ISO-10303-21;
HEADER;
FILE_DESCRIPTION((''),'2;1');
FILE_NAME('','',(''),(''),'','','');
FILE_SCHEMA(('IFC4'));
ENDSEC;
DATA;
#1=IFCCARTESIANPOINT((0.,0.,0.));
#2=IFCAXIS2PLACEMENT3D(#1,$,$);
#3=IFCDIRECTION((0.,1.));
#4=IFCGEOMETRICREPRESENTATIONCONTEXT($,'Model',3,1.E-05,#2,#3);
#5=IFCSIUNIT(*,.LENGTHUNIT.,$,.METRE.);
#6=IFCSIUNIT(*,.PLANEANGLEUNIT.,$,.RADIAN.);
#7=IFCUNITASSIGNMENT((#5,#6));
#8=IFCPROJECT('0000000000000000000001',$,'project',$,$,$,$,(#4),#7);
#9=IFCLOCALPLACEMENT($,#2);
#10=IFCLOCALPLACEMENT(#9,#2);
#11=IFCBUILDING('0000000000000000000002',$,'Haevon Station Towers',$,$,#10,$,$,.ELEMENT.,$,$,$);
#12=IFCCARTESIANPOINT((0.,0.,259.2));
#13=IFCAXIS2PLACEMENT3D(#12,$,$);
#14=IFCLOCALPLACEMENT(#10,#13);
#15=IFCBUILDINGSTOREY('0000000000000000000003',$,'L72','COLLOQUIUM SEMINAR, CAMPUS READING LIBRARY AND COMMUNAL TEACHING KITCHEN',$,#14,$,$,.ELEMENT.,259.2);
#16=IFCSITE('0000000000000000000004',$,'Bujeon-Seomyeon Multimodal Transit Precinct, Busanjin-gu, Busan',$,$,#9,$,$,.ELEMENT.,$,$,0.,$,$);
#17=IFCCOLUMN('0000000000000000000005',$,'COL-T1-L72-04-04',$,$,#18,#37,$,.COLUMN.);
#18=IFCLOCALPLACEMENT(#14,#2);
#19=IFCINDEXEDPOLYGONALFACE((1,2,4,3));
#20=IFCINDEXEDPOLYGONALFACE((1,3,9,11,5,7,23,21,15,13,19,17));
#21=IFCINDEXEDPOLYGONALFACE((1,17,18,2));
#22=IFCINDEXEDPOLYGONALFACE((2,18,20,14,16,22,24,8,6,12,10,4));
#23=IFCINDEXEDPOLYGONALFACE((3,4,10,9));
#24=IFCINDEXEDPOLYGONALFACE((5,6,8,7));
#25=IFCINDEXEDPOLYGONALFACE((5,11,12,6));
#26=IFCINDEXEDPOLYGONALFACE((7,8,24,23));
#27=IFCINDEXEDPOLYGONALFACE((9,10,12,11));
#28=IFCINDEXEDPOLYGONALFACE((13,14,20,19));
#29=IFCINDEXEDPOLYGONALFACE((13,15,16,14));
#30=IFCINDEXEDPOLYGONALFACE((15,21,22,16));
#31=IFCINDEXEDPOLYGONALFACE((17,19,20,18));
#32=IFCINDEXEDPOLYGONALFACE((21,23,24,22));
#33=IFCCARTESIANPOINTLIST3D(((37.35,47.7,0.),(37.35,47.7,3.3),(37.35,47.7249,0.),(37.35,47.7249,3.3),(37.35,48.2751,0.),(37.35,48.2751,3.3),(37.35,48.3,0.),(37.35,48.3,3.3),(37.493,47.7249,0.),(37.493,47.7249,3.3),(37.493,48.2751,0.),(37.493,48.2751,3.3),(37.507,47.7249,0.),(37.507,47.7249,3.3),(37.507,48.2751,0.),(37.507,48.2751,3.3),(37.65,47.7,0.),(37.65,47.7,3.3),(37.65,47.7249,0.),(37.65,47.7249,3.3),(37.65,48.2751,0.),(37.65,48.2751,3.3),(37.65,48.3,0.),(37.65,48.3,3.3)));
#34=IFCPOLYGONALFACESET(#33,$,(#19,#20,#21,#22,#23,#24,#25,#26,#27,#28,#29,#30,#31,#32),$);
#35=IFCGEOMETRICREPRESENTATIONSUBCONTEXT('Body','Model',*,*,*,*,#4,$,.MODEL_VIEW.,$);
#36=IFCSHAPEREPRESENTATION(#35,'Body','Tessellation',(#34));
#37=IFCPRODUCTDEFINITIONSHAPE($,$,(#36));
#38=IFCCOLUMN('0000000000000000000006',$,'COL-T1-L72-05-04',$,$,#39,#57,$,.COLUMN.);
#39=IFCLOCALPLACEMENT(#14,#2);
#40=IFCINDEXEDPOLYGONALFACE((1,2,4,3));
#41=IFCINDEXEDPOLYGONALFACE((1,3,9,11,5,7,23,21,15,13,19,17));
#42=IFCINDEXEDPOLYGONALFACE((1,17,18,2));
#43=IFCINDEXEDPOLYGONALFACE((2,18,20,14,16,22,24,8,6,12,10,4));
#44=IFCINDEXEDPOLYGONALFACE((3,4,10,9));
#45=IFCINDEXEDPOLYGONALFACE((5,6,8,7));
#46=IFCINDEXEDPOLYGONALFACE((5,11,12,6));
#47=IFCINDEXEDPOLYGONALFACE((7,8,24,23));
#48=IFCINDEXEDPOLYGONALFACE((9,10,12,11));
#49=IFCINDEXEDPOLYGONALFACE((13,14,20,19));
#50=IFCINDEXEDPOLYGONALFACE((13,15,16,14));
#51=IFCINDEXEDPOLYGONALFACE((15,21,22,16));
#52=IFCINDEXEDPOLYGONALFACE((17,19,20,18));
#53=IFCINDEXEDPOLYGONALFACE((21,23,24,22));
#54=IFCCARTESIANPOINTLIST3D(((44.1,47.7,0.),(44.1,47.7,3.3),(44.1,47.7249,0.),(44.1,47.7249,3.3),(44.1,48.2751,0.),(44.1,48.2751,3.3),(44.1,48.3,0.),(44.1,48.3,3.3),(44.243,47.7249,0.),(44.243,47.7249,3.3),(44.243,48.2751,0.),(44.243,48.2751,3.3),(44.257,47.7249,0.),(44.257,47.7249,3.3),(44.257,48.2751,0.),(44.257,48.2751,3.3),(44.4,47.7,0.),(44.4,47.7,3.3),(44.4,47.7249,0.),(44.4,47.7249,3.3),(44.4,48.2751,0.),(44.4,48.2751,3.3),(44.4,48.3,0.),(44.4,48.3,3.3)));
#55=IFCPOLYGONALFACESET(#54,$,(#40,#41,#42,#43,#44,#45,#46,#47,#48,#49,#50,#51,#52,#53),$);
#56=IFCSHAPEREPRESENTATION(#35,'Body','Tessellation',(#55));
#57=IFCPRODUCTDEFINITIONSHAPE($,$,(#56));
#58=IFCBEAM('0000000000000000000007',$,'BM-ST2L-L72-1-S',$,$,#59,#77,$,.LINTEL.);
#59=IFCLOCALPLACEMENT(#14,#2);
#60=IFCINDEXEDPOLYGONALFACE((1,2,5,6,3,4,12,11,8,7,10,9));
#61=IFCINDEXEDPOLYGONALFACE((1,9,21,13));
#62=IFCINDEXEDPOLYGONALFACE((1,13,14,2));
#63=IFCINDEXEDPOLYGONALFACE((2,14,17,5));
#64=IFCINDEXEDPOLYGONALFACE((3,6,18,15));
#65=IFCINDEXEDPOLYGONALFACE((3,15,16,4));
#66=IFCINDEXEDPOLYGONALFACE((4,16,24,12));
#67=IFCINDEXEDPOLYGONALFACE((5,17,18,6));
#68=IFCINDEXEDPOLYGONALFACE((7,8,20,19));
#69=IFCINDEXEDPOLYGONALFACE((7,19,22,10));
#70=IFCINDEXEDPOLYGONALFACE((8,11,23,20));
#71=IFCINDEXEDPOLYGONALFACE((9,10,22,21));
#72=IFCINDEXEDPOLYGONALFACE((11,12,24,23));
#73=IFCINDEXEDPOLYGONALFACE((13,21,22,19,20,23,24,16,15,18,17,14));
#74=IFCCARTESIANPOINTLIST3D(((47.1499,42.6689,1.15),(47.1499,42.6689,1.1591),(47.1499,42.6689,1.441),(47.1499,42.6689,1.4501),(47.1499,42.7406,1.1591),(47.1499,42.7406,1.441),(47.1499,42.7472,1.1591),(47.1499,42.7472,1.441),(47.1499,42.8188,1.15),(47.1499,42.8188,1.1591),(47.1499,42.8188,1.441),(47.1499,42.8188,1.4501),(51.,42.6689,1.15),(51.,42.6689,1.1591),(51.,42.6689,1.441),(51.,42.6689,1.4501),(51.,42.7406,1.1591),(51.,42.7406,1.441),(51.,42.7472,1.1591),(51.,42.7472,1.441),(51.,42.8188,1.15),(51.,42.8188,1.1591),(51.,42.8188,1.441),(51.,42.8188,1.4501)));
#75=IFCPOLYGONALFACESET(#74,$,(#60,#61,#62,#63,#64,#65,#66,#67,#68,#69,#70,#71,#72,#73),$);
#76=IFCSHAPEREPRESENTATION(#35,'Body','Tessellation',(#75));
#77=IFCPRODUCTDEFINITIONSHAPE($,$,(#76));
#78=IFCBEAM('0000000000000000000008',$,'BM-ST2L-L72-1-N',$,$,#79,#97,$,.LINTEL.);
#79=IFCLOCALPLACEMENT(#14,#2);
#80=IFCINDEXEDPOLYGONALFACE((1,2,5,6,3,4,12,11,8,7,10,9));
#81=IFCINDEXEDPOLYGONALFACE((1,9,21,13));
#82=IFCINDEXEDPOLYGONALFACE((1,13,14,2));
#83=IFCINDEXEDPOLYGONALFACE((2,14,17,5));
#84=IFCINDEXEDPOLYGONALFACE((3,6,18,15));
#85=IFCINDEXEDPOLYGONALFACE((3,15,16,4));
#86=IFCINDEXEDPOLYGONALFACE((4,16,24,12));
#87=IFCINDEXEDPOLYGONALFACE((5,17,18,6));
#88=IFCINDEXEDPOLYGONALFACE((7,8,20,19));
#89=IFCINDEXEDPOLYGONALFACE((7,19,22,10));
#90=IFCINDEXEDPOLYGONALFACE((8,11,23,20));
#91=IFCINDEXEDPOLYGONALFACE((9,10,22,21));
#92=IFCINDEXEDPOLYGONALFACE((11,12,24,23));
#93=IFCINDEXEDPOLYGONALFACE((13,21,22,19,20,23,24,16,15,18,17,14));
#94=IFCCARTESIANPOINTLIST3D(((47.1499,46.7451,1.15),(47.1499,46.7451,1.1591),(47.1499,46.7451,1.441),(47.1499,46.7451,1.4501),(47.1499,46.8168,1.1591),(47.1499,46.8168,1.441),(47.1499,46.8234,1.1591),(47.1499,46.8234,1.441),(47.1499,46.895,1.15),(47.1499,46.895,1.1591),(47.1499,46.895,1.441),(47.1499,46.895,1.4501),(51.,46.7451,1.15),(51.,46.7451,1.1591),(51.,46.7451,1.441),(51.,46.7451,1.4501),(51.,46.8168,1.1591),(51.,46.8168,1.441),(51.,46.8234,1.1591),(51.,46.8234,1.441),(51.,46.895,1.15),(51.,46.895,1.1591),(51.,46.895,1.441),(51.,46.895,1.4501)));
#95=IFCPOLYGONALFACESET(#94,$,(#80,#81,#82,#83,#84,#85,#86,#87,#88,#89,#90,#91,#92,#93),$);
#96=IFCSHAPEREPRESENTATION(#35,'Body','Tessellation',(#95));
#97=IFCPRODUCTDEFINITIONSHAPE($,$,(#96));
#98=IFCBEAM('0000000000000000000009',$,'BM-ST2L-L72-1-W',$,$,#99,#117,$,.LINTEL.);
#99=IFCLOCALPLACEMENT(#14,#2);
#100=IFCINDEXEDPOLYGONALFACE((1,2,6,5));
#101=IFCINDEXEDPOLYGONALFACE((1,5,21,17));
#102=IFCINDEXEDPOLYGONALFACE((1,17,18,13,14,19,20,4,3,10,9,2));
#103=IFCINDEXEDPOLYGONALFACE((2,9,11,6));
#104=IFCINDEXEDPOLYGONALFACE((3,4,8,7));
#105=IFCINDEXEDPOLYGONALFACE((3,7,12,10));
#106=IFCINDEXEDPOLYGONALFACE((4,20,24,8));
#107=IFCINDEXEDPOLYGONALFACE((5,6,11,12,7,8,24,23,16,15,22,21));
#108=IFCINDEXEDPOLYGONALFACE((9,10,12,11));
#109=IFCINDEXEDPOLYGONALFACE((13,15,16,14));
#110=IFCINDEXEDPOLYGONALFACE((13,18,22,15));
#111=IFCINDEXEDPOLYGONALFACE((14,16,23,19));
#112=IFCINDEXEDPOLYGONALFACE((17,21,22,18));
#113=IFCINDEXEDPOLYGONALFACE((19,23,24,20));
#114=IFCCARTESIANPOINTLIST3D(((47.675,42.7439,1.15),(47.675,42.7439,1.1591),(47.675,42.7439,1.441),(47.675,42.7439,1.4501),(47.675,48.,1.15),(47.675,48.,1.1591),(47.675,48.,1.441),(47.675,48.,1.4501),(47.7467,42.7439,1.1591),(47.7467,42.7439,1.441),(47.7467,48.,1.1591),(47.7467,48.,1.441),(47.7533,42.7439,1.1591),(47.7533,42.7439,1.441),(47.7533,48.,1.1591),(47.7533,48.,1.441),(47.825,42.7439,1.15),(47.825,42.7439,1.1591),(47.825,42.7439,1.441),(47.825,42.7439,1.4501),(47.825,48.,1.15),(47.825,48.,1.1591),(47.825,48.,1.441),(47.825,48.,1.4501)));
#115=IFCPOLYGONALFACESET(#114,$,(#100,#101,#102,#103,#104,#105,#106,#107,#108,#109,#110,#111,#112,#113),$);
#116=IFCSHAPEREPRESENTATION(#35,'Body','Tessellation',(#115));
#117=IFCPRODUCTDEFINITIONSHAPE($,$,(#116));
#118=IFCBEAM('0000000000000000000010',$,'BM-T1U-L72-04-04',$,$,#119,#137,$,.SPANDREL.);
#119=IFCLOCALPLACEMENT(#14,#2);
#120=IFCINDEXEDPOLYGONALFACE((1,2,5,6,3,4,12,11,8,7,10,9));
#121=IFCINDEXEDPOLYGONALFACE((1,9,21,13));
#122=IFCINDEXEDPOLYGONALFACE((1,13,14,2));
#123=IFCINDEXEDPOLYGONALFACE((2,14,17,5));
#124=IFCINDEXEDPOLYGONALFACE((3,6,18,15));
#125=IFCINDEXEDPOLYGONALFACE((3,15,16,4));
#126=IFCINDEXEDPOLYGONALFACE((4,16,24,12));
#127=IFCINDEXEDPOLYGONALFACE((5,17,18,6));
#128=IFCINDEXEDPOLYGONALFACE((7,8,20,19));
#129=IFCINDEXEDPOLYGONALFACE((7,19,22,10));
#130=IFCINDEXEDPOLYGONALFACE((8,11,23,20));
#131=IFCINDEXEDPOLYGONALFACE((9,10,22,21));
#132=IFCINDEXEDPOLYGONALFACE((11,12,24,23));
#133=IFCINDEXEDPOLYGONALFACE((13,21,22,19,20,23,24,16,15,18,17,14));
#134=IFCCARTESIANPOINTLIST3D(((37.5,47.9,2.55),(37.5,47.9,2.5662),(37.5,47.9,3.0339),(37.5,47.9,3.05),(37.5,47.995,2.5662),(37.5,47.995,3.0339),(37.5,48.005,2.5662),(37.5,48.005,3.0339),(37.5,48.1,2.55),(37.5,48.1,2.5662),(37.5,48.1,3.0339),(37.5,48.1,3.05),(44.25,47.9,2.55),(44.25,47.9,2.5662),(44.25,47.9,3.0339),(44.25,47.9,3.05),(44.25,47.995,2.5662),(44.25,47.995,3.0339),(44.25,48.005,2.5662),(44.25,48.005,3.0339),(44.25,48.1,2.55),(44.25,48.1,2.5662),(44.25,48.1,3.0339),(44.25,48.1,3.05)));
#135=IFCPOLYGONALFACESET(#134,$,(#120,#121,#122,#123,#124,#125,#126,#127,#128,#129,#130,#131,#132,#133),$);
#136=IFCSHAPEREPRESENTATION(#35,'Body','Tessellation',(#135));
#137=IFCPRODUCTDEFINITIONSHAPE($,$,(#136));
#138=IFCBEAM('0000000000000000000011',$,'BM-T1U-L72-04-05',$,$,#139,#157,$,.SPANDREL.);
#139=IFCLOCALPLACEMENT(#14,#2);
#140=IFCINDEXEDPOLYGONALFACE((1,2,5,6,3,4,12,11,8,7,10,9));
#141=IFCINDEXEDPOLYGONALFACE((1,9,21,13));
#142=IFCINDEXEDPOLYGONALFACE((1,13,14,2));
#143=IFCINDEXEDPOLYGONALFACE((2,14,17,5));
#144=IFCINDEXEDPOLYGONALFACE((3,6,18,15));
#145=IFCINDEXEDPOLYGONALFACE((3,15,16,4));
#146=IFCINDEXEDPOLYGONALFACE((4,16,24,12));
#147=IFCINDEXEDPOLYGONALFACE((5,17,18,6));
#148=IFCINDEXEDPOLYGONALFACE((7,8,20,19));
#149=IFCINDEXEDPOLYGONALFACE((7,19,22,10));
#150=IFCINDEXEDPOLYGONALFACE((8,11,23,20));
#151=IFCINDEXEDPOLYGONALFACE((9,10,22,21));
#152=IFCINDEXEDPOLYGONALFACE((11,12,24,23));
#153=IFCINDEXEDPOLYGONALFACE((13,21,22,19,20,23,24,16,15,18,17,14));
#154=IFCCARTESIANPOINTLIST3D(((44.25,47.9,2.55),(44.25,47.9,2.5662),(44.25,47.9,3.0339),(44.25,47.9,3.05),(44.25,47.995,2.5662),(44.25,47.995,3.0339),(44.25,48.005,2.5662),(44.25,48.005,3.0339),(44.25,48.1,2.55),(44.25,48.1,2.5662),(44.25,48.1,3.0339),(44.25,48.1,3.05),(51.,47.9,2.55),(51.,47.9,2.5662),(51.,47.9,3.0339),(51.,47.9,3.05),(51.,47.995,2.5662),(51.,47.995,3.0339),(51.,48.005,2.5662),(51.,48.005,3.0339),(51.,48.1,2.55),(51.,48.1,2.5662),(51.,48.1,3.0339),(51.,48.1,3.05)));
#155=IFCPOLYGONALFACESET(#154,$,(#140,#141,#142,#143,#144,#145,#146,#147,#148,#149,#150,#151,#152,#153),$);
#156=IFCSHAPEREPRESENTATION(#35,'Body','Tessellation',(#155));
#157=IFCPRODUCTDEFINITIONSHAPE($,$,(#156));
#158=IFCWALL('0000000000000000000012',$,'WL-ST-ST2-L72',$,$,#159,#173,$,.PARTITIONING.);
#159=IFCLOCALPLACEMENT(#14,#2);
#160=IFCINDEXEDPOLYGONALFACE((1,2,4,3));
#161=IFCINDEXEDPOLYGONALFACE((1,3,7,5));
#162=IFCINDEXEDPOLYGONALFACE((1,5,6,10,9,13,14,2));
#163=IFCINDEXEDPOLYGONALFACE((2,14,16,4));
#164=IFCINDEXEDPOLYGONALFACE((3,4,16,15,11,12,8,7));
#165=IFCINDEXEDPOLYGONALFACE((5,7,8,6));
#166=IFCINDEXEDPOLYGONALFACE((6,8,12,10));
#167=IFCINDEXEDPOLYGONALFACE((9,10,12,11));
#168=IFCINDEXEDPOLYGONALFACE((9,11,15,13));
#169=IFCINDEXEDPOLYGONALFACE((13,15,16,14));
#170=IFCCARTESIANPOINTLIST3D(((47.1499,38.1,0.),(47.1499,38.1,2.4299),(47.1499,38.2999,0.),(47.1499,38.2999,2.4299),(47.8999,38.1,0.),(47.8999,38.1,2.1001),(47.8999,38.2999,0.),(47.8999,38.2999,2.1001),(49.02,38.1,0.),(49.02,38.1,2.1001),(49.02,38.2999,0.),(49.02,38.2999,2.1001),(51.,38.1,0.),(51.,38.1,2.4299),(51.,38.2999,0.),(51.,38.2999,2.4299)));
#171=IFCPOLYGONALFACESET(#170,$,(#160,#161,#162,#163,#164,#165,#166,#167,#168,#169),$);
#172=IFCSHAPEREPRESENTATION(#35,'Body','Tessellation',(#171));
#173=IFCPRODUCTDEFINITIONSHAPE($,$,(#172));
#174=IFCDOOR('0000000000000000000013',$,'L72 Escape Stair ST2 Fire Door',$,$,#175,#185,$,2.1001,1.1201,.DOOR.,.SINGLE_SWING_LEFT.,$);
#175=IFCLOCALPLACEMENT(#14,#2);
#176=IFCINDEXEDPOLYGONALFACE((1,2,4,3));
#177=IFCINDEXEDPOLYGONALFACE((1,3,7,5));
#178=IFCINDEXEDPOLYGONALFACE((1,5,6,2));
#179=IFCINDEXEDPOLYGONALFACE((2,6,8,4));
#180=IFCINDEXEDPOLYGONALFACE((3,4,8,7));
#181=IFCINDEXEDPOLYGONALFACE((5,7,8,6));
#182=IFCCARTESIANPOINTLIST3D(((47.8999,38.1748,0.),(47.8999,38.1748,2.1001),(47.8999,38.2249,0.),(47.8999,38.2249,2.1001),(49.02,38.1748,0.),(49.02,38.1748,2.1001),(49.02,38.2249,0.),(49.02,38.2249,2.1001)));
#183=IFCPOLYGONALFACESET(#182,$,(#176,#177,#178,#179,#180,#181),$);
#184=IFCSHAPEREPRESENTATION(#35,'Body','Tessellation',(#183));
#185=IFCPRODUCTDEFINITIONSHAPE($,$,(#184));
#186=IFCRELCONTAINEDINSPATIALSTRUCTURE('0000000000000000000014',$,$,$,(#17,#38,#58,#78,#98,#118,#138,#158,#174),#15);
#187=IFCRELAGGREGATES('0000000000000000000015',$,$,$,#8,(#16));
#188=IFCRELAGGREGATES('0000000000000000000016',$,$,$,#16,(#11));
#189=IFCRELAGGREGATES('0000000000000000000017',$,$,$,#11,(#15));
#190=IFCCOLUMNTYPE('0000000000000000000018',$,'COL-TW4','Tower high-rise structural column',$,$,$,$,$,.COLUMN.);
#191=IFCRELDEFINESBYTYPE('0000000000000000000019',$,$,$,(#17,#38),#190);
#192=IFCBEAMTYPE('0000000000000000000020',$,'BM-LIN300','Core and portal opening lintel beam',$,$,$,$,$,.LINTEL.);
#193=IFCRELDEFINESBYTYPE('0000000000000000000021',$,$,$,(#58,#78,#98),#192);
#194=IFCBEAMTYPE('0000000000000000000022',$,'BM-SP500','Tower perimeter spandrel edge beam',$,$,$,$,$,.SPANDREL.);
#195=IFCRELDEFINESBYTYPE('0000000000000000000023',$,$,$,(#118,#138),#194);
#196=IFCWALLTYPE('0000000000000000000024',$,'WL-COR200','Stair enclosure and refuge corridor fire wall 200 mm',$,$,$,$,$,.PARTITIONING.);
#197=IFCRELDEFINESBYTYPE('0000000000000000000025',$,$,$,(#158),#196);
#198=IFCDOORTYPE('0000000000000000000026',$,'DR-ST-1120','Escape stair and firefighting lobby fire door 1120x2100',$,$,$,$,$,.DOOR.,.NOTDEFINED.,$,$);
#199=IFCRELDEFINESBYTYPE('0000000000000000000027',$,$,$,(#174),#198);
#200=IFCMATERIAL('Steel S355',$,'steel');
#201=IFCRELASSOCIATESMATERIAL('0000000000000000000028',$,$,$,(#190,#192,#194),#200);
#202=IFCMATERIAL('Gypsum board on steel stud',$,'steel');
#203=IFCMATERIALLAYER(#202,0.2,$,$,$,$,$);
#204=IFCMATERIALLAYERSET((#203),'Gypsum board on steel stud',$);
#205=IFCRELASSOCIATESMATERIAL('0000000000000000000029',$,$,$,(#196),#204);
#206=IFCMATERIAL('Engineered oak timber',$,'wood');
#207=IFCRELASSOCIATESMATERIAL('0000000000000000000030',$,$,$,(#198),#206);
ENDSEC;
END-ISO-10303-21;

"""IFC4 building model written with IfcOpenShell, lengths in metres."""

from ifc_helpers import new_model, si_unit, direction, frame, frame_2d, origin, origin_2d, place, context, subcontext, project, spatial, rectangle, i_section, extrude, material, layer, layer_set, material_profile, profile_set, type_object, element, fill, save


model = new_model("IFC4")

# Units and contexts
model_context = context("Model", 3, precision=1e-05, world=origin(), true_north=direction((0.0, 1.0)))
body_context = subcontext(model_context, "Body", "Model", "MODEL_VIEW")
ifc_project = project(units=[si_unit("LENGTHUNIT", "METRE"), si_unit("PLANEANGLEUNIT", "RADIAN")], contexts=[model_context])

# Site, building, storey
site_placement = place(None, origin())
site = spatial("IfcSite", under=ifc_project, at=site_placement, Name="Bujeon-Seomyeon Multimodal Transit Precinct, Busanjin-gu, Busan", CompositionType="ELEMENT", RefElevation=0.0)
building_placement = place(site_placement, origin())
building = spatial("IfcBuilding", under=site, at=building_placement, Name="Haevon Station Towers", CompositionType="ELEMENT")
storey_placement = place(building_placement, frame((0.0, 0.0, 259.2)))
storey = spatial("IfcBuildingStorey", under=building, at=storey_placement, Name="L72", Description="COLLOQUIUM SEMINAR, CAMPUS READING LIBRARY AND COMMUNAL TEACHING KITCHEN", CompositionType="ELEMENT", Elevation=259.2)

# Columns
ifc_material_1 = material(Name="Steel S355", Category="steel")
ifc_material_profile_1 = material_profile(ifc_material_1, i_section(OverallWidth=0.3, OverallDepth=0.6001, WebThickness=0.0139, FlangeThickness=0.0249, at=origin_2d()), Name="H-600x300x14x25")
ifc_profile_set_1 = profile_set([ifc_material_profile_1], Name="Steel S355")
column_type = type_object("IfcColumnType", Name="COL-TW4", Description="Tower high-rise structural column", PredefinedType="COLUMN", material=ifc_profile_set_1)
for number, where, z_axis, x_axis, name in (
    (1, (37.5, 48.0, 0.0), (0.0, 0.0, 1.0), (1.0, 0.0, 0.0), "COL-T1-L72-04-04"),
    (2, (44.25, 48.0, 0.0), (0.0, 0.0, 1.0), (1.0, 0.0, 0.0), "COL-T1-L72-05-04"),
):
    element("IfcColumn", number, at=place(storey_placement, frame(where, z_axis=z_axis, x_axis=x_axis)), inside=storey, type_object=column_type, Name=name, PredefinedType="COLUMN", context=body_context, shape_type="SweptSolid", body=[
        extrude(i_section(OverallWidth=0.3, OverallDepth=0.6001, WebThickness=0.0139, FlangeThickness=0.0249, at=origin_2d()), origin(), (0.0, 0.0, 1.0), 3.3),
    ])

# Beams
ifc_material_profile_2 = material_profile(ifc_material_1, i_section(OverallWidth=0.1499, OverallDepth=0.3, WebThickness=0.0066, FlangeThickness=0.009, at=origin_2d()), Name="H-300x150x6.5x9")
ifc_profile_set_2 = profile_set([ifc_material_profile_2], Name="Steel S355")
beam_type_1 = type_object("IfcBeamType", Name="BM-LIN300", Description="Core and portal opening lintel beam", PredefinedType="LINTEL", material=ifc_profile_set_2)
for number, where, z_axis, x_axis, name in (
    (3, (47.1499, 42.7439, 1.3), (1.0, 0.0, 0.0), (0.0, 1.0, 0.0), "BM-ST2L-L72-1-S"),
    (4, (47.1499, 46.8201, 1.3), (1.0, 0.0, 0.0), (0.0, 1.0, 0.0), "BM-ST2L-L72-1-N"),
):
    element("IfcBeam", number, at=place(storey_placement, frame(where, z_axis=z_axis, x_axis=x_axis)), inside=storey, type_object=beam_type_1, Name=name, PredefinedType="LINTEL", context=body_context, shape_type="SweptSolid", body=[
        extrude(i_section(OverallWidth=0.1499, OverallDepth=0.3, WebThickness=0.0066, FlangeThickness=0.009, at=origin_2d()), origin(), (0.0, 0.0, 1.0), 3.8501),
    ])
beam_placement = place(storey_placement, frame((47.75, 42.7439, 1.3), z_axis=(0.0, 1.0, 0.0), x_axis=(-1.0, 0.0, 0.0)))
element("IfcBeam", 5, at=beam_placement, inside=storey, type_object=beam_type_1, Name="BM-ST2L-L72-1-W", PredefinedType="LINTEL", context=body_context, shape_type="SweptSolid", body=[
    extrude(i_section(OverallWidth=0.1499, OverallDepth=0.3, WebThickness=0.0066, FlangeThickness=0.009, at=origin_2d()), origin(), (0.0, 0.0, 1.0), 5.2561),
])
ifc_material_profile_3 = material_profile(ifc_material_1, i_section(OverallWidth=0.2, OverallDepth=0.5, WebThickness=0.01, FlangeThickness=0.0161, at=origin_2d()), Name="H-500x200x10x16")
ifc_profile_set_3 = profile_set([ifc_material_profile_3], Name="Steel S355")
beam_type_2 = type_object("IfcBeamType", Name="BM-SP500", Description="Tower perimeter spandrel edge beam", PredefinedType="SPANDREL", material=ifc_profile_set_3)
for number, where, z_axis, x_axis, name in (
    (6, (37.5, 48.0, 2.8), (1.0, 0.0, 0.0), (0.0, 1.0, 0.0), "BM-T1U-L72-04-04"),
    (7, (44.25, 48.0, 2.8), (1.0, 0.0, 0.0), (0.0, 1.0, 0.0), "BM-T1U-L72-04-05"),
):
    element("IfcBeam", number, at=place(storey_placement, frame(where, z_axis=z_axis, x_axis=x_axis)), inside=storey, type_object=beam_type_2, Name=name, PredefinedType="SPANDREL", context=body_context, shape_type="SweptSolid", body=[
        extrude(i_section(OverallWidth=0.2, OverallDepth=0.5, WebThickness=0.01, FlangeThickness=0.0161, at=origin_2d()), origin(), (0.0, 0.0, 1.0), 6.75),
    ])

# Wall, opening, door
ifc_material_2 = material(Name="Gypsum board on steel stud", Category="steel")
ifc_layer_1 = layer(ifc_material_2, 0.2)
ifc_layer_set_1 = layer_set([ifc_layer_1], Name="Gypsum board on steel stud")
wall_type_1 = type_object("IfcWallType", Name="WL-COR200", Description="Stair enclosure and refuge corridor fire wall 200 mm", PredefinedType="PARTITIONING", material=ifc_layer_set_1)
wall_1_placement = place(storey_placement, frame((47.1499, 38.2, 0.0), z_axis=(0.0, 0.0, 1.0), x_axis=(1.0, 0.0, 0.0)))
wall_1 = element("IfcWall", 8, at=wall_1_placement, inside=storey, type_object=wall_type_1, Name="WL-ST-ST2-L72", PredefinedType="PARTITIONING", context=body_context, shape_type="SweptSolid", body=[
    extrude(rectangle(XDim=3.8501, YDim=0.2, at=frame_2d((1.925, 0.0))), origin(), (0.0, 0.0, 1.0), 2.4299),
])
opening_1_placement = place(wall_1_placement, frame((0.75, 0.0, 0.0)))
opening_1 = element("IfcOpeningElement", 9, at=opening_1_placement, cuts=wall_1, PredefinedType="OPENING", context=body_context, shape_type="SweptSolid", body=[
    extrude(rectangle(XDim=1.1201, YDim=2.1001, at=frame_2d((0.5601, 1.05))), frame((0.0, 0.1099, 0.0), z_axis=(0.0, -1.0, 0.0), x_axis=(1.0, 0.0, 0.0)), (0.0, 0.0, 1.0), 0.22),
])
ifc_material_3 = material(Name="Engineered oak timber", Category="wood")
door_type_1 = type_object("IfcDoorType", Name="DR-ST-1120", Description="Escape stair and firefighting lobby fire door 1120x2100", OperationType="NOTDEFINED", PredefinedType="DOOR", material=ifc_material_3)
door_1_placement = place(opening_1_placement, origin())
door_1 = element("IfcDoor", 10, at=door_1_placement, inside=storey, type_object=door_type_1, Name="L72 Escape Stair ST2 Fire Door", OperationType="SINGLE_SWING_LEFT", OverallHeight=2.1001, OverallWidth=1.1201, PredefinedType="DOOR", context=body_context, shape_type="SweptSolid", body=[
    extrude(rectangle(XDim=1.1201, YDim=2.1001, at=frame_2d((0.5601, 1.05))), frame((0.0, 0.0249, 0.0), z_axis=(0.0, -1.0, 0.0), x_axis=(1.0, 0.0, 0.0)), (0.0, 0.0, 1.0), 0.05),
])
fill(opening_1, door_1)

save(model, "model.ifc")
